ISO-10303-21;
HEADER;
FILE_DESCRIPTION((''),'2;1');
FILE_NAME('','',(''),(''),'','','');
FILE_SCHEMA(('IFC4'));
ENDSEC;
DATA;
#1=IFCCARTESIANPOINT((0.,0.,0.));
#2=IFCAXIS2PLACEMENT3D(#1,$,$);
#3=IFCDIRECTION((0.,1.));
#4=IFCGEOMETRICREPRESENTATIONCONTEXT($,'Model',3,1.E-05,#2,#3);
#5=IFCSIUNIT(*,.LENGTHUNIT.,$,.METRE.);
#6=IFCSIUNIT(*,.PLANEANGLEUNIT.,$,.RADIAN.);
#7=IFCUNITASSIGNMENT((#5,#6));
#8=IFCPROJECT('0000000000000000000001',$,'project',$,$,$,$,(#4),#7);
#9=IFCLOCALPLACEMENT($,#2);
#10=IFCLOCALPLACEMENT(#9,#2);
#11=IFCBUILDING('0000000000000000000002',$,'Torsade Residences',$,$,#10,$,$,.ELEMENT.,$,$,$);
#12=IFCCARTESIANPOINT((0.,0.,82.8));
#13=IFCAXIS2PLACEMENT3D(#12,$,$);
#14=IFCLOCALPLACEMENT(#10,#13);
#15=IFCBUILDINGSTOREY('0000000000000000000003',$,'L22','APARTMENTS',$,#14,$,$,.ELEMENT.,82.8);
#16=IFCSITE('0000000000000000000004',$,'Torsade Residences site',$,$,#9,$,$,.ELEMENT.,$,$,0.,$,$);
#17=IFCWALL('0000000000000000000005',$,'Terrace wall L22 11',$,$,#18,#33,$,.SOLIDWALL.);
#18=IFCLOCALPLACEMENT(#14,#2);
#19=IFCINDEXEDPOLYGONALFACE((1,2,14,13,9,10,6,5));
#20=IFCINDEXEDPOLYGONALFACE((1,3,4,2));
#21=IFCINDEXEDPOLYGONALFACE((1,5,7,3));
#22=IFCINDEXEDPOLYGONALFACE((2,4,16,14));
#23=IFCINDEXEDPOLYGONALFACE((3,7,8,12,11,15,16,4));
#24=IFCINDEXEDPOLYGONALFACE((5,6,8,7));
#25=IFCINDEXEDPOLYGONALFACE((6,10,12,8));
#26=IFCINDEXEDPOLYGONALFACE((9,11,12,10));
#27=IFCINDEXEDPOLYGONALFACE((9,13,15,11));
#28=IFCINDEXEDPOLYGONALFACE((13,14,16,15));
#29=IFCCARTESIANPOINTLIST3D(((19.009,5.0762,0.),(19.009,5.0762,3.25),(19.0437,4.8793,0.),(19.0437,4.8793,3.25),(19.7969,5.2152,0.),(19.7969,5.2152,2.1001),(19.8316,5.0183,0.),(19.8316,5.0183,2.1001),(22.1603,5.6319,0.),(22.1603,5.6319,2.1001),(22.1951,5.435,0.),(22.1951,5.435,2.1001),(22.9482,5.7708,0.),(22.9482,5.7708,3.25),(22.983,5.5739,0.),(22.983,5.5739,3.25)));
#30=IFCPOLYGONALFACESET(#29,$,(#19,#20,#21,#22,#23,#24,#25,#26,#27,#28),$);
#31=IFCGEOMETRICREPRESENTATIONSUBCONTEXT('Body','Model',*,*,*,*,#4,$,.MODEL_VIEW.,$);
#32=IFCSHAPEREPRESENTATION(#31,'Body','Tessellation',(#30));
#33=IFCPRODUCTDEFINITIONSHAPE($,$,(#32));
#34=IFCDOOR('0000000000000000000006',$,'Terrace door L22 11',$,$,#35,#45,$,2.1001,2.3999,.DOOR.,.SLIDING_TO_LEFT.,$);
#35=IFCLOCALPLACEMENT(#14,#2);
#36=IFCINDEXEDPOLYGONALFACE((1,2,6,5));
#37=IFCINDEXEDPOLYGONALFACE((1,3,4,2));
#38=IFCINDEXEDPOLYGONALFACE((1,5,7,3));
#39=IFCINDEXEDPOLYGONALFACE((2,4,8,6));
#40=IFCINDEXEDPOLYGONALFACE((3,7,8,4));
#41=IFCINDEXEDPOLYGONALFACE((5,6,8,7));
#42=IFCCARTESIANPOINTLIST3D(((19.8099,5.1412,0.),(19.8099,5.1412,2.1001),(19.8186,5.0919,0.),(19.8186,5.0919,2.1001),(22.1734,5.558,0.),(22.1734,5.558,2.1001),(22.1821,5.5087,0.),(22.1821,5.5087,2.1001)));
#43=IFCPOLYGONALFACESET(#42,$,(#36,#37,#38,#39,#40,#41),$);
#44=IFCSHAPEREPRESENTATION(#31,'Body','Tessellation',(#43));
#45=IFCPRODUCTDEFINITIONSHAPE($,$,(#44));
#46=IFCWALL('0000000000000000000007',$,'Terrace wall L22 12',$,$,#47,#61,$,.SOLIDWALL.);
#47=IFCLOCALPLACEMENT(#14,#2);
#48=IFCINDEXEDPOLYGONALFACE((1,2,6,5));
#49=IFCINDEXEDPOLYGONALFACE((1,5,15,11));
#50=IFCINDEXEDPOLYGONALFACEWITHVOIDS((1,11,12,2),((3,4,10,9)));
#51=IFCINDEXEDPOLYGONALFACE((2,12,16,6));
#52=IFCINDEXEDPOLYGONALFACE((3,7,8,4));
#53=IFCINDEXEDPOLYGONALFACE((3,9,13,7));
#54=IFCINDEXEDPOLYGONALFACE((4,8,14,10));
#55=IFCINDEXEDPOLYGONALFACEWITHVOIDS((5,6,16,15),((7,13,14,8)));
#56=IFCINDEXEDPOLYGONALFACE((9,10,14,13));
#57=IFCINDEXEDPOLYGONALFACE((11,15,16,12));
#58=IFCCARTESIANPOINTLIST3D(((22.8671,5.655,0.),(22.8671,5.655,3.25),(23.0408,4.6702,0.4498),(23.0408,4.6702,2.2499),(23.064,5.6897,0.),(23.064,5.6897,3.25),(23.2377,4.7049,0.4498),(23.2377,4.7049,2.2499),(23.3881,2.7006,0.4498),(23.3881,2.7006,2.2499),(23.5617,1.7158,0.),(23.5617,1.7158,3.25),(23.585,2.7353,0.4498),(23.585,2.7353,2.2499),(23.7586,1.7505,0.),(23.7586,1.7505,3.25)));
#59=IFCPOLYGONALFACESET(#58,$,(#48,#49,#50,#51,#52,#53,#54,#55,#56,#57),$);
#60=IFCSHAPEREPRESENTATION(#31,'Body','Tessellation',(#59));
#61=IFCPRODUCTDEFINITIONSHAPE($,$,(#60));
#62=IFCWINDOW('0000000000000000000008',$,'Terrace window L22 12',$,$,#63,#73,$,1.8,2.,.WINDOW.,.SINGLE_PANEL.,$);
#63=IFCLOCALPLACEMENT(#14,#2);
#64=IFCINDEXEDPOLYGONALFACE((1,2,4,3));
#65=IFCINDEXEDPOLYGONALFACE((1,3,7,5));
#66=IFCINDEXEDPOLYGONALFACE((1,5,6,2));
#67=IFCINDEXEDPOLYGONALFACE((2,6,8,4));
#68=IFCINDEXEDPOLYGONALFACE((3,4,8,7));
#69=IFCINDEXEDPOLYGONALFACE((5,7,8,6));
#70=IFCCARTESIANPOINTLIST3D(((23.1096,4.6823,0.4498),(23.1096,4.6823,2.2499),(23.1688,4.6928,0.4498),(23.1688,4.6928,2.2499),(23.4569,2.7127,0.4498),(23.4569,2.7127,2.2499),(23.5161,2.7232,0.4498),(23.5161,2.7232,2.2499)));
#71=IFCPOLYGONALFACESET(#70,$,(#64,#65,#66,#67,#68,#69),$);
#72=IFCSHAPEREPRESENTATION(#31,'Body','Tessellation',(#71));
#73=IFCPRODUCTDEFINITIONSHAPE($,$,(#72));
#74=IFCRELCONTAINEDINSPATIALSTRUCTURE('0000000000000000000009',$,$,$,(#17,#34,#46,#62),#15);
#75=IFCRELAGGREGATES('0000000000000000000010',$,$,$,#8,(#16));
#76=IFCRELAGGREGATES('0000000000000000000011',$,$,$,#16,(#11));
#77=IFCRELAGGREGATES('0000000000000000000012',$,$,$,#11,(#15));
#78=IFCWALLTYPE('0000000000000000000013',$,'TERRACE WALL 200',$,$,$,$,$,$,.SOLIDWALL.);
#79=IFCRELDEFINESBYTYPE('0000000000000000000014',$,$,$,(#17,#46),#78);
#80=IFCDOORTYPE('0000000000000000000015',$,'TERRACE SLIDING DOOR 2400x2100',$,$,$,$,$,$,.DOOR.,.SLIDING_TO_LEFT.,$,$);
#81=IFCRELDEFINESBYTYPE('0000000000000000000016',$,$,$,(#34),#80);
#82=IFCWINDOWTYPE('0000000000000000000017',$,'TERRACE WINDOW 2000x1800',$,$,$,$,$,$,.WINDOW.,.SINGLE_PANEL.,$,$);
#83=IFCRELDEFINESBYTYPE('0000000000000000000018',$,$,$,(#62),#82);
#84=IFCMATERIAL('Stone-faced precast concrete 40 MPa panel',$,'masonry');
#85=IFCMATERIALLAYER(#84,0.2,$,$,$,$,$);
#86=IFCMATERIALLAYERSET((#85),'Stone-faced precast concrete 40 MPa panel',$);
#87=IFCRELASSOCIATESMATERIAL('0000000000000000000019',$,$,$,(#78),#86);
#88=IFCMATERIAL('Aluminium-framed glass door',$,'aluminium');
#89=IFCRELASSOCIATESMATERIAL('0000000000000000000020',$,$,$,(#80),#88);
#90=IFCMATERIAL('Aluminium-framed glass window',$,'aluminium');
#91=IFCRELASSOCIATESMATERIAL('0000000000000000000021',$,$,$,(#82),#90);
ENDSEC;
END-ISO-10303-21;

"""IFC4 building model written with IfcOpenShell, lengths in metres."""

from ifc_helpers import new_model, si_unit, direction, frame, frame_2d, origin, place, context, subcontext, project, spatial, rectangle, extrude, material, layer, layer_set, type_object, element, fill, save


model = new_model("IFC4")

# Units and contexts
model_context = context("Model", 3, precision=1e-05, world=origin(), true_north=direction((0.0, 1.0)))
body_context = subcontext(model_context, "Body", "Model", "MODEL_VIEW")
ifc_project = project(units=[si_unit("LENGTHUNIT", "METRE"), si_unit("PLANEANGLEUNIT", "RADIAN")], contexts=[model_context])

# Site, building, storey
site_placement = place(None, origin())
site = spatial("IfcSite", under=ifc_project, at=site_placement, Name="Torsade Residences site", CompositionType="ELEMENT", RefElevation=0.0)
building_placement = place(site_placement, origin())
building = spatial("IfcBuilding", under=site, at=building_placement, Name="Torsade Residences", CompositionType="ELEMENT")
storey_placement = place(building_placement, frame((0.0, 0.0, 82.8)))
storey = spatial("IfcBuildingStorey", under=building, at=storey_placement, Name="L22", Description="APARTMENTS", CompositionType="ELEMENT", Elevation=82.8)

# Wall, opening, door
ifc_material_1 = material(Name="Stone-faced precast concrete 40 MPa panel", Category="masonry")
ifc_layer_1 = layer(ifc_material_1, 0.2)
ifc_layer_set_1 = layer_set([ifc_layer_1], Name="Stone-faced precast concrete 40 MPa panel")
wall_type_1 = type_object("IfcWallType", Name="TERRACE WALL 200", PredefinedType="SOLIDWALL", material=ifc_layer_set_1)
wall_1_placement = place(storey_placement, frame((19.0264, 4.9778, 0.0), z_axis=(0.0, 0.0, 1.0), x_axis=(0.984808, 0.173646, 0.0)))
wall_1 = element("IfcWall", 1, at=wall_1_placement, inside=storey, type_object=wall_type_1, Name="Terrace wall L22 11", PredefinedType="SOLIDWALL", context=body_context, shape_type="SweptSolid", body=[
    extrude(rectangle(XDim=4.0, YDim=0.2, at=frame_2d((2.0, 0.0))), origin(), (0.0, 0.0, 1.0), 3.25),
])
opening_1_placement = place(wall_1_placement, frame((0.8, 0.0, 0.0)))
opening_1 = element("IfcOpeningElement", 2, at=opening_1_placement, cuts=wall_1, PredefinedType="OPENING", context=body_context, shape_type="SweptSolid", body=[
    extrude(rectangle(XDim=2.3999, YDim=2.1001, at=frame_2d((1.2, 1.05))), frame((0.0, 0.1099, 0.0), z_axis=(0.0, -1.0, 0.0), x_axis=(1.0, 0.0, 0.0)), (0.0, 0.0, 1.0), 0.22),
])
ifc_material_2 = material(Name="Aluminium-framed glass door", Category="aluminium")
door_type_1 = type_object("IfcDoorType", Name="TERRACE SLIDING DOOR 2400x2100", OperationType="SLIDING_TO_LEFT", PredefinedType="DOOR", material=ifc_material_2)
door_1_placement = place(opening_1_placement, origin())
door_1 = element("IfcDoor", 3, at=door_1_placement, inside=storey, type_object=door_type_1, Name="Terrace door L22 11", OperationType="SLIDING_TO_LEFT", OverallHeight=2.1001, OverallWidth=2.3999, PredefinedType="DOOR", context=body_context, shape_type="SweptSolid", body=[
    extrude(rectangle(XDim=2.3999, YDim=2.1001, at=frame_2d((1.2, 1.05))), frame((0.0, 0.0249, 0.0), z_axis=(0.0, -1.0, 0.0), x_axis=(1.0, 0.0, 0.0)), (0.0, 0.0, 1.0), 0.05),
])
fill(opening_1, door_1)

# Wall, opening, window
wall_2_placement = place(storey_placement, frame((22.9656, 5.6724, 0.0), z_axis=(0.0, 0.0, 1.0), x_axis=(0.173646, -0.984808, 0.0)))
wall_2 = element("IfcWall", 4, at=wall_2_placement, inside=storey, type_object=wall_type_1, Name="Terrace wall L22 12", PredefinedType="SOLIDWALL", context=body_context, shape_type="SweptSolid", body=[
    extrude(rectangle(XDim=4.0, YDim=0.2, at=frame_2d((2.0, 0.0))), origin(), (0.0, 0.0, 1.0), 3.25),
])
opening_2_placement = place(wall_2_placement, frame((1.0, 0.0, 0.45)))
opening_2 = element("IfcOpeningElement", 5, at=opening_2_placement, cuts=wall_2, PredefinedType="OPENING", context=body_context, shape_type="SweptSolid", body=[
    extrude(rectangle(XDim=2.0, YDim=1.8, at=frame_2d((1.0, 0.8999))), frame((0.0, 0.1099, 0.0), z_axis=(0.0, -1.0, 0.0), x_axis=(1.0, 0.0, 0.0)), (0.0, 0.0, 1.0), 0.22),
])
ifc_material_3 = material(Name="Aluminium-framed glass window", Category="aluminium")
window_type = type_object("IfcWindowType", Name="TERRACE WINDOW 2000x1800", PartitioningType="SINGLE_PANEL", PredefinedType="WINDOW", material=ifc_material_3)
window_placement = place(opening_2_placement, origin())
window = element("IfcWindow", 6, at=window_placement, inside=storey, type_object=window_type, Name="Terrace window L22 12", OverallHeight=1.8, OverallWidth=2.0, PartitioningType="SINGLE_PANEL", PredefinedType="WINDOW", context=body_context, shape_type="SweptSolid", body=[
    extrude(rectangle(XDim=2.0, YDim=1.8, at=frame_2d((1.0, 0.8999))), frame((0.0, 0.03, 0.0), z_axis=(0.0, -1.0, 0.0), x_axis=(1.0, 0.0, 0.0)), (0.0, 0.0, 1.0), 0.0601),
])
fill(opening_2, window)

save(model, "model.ifc")
